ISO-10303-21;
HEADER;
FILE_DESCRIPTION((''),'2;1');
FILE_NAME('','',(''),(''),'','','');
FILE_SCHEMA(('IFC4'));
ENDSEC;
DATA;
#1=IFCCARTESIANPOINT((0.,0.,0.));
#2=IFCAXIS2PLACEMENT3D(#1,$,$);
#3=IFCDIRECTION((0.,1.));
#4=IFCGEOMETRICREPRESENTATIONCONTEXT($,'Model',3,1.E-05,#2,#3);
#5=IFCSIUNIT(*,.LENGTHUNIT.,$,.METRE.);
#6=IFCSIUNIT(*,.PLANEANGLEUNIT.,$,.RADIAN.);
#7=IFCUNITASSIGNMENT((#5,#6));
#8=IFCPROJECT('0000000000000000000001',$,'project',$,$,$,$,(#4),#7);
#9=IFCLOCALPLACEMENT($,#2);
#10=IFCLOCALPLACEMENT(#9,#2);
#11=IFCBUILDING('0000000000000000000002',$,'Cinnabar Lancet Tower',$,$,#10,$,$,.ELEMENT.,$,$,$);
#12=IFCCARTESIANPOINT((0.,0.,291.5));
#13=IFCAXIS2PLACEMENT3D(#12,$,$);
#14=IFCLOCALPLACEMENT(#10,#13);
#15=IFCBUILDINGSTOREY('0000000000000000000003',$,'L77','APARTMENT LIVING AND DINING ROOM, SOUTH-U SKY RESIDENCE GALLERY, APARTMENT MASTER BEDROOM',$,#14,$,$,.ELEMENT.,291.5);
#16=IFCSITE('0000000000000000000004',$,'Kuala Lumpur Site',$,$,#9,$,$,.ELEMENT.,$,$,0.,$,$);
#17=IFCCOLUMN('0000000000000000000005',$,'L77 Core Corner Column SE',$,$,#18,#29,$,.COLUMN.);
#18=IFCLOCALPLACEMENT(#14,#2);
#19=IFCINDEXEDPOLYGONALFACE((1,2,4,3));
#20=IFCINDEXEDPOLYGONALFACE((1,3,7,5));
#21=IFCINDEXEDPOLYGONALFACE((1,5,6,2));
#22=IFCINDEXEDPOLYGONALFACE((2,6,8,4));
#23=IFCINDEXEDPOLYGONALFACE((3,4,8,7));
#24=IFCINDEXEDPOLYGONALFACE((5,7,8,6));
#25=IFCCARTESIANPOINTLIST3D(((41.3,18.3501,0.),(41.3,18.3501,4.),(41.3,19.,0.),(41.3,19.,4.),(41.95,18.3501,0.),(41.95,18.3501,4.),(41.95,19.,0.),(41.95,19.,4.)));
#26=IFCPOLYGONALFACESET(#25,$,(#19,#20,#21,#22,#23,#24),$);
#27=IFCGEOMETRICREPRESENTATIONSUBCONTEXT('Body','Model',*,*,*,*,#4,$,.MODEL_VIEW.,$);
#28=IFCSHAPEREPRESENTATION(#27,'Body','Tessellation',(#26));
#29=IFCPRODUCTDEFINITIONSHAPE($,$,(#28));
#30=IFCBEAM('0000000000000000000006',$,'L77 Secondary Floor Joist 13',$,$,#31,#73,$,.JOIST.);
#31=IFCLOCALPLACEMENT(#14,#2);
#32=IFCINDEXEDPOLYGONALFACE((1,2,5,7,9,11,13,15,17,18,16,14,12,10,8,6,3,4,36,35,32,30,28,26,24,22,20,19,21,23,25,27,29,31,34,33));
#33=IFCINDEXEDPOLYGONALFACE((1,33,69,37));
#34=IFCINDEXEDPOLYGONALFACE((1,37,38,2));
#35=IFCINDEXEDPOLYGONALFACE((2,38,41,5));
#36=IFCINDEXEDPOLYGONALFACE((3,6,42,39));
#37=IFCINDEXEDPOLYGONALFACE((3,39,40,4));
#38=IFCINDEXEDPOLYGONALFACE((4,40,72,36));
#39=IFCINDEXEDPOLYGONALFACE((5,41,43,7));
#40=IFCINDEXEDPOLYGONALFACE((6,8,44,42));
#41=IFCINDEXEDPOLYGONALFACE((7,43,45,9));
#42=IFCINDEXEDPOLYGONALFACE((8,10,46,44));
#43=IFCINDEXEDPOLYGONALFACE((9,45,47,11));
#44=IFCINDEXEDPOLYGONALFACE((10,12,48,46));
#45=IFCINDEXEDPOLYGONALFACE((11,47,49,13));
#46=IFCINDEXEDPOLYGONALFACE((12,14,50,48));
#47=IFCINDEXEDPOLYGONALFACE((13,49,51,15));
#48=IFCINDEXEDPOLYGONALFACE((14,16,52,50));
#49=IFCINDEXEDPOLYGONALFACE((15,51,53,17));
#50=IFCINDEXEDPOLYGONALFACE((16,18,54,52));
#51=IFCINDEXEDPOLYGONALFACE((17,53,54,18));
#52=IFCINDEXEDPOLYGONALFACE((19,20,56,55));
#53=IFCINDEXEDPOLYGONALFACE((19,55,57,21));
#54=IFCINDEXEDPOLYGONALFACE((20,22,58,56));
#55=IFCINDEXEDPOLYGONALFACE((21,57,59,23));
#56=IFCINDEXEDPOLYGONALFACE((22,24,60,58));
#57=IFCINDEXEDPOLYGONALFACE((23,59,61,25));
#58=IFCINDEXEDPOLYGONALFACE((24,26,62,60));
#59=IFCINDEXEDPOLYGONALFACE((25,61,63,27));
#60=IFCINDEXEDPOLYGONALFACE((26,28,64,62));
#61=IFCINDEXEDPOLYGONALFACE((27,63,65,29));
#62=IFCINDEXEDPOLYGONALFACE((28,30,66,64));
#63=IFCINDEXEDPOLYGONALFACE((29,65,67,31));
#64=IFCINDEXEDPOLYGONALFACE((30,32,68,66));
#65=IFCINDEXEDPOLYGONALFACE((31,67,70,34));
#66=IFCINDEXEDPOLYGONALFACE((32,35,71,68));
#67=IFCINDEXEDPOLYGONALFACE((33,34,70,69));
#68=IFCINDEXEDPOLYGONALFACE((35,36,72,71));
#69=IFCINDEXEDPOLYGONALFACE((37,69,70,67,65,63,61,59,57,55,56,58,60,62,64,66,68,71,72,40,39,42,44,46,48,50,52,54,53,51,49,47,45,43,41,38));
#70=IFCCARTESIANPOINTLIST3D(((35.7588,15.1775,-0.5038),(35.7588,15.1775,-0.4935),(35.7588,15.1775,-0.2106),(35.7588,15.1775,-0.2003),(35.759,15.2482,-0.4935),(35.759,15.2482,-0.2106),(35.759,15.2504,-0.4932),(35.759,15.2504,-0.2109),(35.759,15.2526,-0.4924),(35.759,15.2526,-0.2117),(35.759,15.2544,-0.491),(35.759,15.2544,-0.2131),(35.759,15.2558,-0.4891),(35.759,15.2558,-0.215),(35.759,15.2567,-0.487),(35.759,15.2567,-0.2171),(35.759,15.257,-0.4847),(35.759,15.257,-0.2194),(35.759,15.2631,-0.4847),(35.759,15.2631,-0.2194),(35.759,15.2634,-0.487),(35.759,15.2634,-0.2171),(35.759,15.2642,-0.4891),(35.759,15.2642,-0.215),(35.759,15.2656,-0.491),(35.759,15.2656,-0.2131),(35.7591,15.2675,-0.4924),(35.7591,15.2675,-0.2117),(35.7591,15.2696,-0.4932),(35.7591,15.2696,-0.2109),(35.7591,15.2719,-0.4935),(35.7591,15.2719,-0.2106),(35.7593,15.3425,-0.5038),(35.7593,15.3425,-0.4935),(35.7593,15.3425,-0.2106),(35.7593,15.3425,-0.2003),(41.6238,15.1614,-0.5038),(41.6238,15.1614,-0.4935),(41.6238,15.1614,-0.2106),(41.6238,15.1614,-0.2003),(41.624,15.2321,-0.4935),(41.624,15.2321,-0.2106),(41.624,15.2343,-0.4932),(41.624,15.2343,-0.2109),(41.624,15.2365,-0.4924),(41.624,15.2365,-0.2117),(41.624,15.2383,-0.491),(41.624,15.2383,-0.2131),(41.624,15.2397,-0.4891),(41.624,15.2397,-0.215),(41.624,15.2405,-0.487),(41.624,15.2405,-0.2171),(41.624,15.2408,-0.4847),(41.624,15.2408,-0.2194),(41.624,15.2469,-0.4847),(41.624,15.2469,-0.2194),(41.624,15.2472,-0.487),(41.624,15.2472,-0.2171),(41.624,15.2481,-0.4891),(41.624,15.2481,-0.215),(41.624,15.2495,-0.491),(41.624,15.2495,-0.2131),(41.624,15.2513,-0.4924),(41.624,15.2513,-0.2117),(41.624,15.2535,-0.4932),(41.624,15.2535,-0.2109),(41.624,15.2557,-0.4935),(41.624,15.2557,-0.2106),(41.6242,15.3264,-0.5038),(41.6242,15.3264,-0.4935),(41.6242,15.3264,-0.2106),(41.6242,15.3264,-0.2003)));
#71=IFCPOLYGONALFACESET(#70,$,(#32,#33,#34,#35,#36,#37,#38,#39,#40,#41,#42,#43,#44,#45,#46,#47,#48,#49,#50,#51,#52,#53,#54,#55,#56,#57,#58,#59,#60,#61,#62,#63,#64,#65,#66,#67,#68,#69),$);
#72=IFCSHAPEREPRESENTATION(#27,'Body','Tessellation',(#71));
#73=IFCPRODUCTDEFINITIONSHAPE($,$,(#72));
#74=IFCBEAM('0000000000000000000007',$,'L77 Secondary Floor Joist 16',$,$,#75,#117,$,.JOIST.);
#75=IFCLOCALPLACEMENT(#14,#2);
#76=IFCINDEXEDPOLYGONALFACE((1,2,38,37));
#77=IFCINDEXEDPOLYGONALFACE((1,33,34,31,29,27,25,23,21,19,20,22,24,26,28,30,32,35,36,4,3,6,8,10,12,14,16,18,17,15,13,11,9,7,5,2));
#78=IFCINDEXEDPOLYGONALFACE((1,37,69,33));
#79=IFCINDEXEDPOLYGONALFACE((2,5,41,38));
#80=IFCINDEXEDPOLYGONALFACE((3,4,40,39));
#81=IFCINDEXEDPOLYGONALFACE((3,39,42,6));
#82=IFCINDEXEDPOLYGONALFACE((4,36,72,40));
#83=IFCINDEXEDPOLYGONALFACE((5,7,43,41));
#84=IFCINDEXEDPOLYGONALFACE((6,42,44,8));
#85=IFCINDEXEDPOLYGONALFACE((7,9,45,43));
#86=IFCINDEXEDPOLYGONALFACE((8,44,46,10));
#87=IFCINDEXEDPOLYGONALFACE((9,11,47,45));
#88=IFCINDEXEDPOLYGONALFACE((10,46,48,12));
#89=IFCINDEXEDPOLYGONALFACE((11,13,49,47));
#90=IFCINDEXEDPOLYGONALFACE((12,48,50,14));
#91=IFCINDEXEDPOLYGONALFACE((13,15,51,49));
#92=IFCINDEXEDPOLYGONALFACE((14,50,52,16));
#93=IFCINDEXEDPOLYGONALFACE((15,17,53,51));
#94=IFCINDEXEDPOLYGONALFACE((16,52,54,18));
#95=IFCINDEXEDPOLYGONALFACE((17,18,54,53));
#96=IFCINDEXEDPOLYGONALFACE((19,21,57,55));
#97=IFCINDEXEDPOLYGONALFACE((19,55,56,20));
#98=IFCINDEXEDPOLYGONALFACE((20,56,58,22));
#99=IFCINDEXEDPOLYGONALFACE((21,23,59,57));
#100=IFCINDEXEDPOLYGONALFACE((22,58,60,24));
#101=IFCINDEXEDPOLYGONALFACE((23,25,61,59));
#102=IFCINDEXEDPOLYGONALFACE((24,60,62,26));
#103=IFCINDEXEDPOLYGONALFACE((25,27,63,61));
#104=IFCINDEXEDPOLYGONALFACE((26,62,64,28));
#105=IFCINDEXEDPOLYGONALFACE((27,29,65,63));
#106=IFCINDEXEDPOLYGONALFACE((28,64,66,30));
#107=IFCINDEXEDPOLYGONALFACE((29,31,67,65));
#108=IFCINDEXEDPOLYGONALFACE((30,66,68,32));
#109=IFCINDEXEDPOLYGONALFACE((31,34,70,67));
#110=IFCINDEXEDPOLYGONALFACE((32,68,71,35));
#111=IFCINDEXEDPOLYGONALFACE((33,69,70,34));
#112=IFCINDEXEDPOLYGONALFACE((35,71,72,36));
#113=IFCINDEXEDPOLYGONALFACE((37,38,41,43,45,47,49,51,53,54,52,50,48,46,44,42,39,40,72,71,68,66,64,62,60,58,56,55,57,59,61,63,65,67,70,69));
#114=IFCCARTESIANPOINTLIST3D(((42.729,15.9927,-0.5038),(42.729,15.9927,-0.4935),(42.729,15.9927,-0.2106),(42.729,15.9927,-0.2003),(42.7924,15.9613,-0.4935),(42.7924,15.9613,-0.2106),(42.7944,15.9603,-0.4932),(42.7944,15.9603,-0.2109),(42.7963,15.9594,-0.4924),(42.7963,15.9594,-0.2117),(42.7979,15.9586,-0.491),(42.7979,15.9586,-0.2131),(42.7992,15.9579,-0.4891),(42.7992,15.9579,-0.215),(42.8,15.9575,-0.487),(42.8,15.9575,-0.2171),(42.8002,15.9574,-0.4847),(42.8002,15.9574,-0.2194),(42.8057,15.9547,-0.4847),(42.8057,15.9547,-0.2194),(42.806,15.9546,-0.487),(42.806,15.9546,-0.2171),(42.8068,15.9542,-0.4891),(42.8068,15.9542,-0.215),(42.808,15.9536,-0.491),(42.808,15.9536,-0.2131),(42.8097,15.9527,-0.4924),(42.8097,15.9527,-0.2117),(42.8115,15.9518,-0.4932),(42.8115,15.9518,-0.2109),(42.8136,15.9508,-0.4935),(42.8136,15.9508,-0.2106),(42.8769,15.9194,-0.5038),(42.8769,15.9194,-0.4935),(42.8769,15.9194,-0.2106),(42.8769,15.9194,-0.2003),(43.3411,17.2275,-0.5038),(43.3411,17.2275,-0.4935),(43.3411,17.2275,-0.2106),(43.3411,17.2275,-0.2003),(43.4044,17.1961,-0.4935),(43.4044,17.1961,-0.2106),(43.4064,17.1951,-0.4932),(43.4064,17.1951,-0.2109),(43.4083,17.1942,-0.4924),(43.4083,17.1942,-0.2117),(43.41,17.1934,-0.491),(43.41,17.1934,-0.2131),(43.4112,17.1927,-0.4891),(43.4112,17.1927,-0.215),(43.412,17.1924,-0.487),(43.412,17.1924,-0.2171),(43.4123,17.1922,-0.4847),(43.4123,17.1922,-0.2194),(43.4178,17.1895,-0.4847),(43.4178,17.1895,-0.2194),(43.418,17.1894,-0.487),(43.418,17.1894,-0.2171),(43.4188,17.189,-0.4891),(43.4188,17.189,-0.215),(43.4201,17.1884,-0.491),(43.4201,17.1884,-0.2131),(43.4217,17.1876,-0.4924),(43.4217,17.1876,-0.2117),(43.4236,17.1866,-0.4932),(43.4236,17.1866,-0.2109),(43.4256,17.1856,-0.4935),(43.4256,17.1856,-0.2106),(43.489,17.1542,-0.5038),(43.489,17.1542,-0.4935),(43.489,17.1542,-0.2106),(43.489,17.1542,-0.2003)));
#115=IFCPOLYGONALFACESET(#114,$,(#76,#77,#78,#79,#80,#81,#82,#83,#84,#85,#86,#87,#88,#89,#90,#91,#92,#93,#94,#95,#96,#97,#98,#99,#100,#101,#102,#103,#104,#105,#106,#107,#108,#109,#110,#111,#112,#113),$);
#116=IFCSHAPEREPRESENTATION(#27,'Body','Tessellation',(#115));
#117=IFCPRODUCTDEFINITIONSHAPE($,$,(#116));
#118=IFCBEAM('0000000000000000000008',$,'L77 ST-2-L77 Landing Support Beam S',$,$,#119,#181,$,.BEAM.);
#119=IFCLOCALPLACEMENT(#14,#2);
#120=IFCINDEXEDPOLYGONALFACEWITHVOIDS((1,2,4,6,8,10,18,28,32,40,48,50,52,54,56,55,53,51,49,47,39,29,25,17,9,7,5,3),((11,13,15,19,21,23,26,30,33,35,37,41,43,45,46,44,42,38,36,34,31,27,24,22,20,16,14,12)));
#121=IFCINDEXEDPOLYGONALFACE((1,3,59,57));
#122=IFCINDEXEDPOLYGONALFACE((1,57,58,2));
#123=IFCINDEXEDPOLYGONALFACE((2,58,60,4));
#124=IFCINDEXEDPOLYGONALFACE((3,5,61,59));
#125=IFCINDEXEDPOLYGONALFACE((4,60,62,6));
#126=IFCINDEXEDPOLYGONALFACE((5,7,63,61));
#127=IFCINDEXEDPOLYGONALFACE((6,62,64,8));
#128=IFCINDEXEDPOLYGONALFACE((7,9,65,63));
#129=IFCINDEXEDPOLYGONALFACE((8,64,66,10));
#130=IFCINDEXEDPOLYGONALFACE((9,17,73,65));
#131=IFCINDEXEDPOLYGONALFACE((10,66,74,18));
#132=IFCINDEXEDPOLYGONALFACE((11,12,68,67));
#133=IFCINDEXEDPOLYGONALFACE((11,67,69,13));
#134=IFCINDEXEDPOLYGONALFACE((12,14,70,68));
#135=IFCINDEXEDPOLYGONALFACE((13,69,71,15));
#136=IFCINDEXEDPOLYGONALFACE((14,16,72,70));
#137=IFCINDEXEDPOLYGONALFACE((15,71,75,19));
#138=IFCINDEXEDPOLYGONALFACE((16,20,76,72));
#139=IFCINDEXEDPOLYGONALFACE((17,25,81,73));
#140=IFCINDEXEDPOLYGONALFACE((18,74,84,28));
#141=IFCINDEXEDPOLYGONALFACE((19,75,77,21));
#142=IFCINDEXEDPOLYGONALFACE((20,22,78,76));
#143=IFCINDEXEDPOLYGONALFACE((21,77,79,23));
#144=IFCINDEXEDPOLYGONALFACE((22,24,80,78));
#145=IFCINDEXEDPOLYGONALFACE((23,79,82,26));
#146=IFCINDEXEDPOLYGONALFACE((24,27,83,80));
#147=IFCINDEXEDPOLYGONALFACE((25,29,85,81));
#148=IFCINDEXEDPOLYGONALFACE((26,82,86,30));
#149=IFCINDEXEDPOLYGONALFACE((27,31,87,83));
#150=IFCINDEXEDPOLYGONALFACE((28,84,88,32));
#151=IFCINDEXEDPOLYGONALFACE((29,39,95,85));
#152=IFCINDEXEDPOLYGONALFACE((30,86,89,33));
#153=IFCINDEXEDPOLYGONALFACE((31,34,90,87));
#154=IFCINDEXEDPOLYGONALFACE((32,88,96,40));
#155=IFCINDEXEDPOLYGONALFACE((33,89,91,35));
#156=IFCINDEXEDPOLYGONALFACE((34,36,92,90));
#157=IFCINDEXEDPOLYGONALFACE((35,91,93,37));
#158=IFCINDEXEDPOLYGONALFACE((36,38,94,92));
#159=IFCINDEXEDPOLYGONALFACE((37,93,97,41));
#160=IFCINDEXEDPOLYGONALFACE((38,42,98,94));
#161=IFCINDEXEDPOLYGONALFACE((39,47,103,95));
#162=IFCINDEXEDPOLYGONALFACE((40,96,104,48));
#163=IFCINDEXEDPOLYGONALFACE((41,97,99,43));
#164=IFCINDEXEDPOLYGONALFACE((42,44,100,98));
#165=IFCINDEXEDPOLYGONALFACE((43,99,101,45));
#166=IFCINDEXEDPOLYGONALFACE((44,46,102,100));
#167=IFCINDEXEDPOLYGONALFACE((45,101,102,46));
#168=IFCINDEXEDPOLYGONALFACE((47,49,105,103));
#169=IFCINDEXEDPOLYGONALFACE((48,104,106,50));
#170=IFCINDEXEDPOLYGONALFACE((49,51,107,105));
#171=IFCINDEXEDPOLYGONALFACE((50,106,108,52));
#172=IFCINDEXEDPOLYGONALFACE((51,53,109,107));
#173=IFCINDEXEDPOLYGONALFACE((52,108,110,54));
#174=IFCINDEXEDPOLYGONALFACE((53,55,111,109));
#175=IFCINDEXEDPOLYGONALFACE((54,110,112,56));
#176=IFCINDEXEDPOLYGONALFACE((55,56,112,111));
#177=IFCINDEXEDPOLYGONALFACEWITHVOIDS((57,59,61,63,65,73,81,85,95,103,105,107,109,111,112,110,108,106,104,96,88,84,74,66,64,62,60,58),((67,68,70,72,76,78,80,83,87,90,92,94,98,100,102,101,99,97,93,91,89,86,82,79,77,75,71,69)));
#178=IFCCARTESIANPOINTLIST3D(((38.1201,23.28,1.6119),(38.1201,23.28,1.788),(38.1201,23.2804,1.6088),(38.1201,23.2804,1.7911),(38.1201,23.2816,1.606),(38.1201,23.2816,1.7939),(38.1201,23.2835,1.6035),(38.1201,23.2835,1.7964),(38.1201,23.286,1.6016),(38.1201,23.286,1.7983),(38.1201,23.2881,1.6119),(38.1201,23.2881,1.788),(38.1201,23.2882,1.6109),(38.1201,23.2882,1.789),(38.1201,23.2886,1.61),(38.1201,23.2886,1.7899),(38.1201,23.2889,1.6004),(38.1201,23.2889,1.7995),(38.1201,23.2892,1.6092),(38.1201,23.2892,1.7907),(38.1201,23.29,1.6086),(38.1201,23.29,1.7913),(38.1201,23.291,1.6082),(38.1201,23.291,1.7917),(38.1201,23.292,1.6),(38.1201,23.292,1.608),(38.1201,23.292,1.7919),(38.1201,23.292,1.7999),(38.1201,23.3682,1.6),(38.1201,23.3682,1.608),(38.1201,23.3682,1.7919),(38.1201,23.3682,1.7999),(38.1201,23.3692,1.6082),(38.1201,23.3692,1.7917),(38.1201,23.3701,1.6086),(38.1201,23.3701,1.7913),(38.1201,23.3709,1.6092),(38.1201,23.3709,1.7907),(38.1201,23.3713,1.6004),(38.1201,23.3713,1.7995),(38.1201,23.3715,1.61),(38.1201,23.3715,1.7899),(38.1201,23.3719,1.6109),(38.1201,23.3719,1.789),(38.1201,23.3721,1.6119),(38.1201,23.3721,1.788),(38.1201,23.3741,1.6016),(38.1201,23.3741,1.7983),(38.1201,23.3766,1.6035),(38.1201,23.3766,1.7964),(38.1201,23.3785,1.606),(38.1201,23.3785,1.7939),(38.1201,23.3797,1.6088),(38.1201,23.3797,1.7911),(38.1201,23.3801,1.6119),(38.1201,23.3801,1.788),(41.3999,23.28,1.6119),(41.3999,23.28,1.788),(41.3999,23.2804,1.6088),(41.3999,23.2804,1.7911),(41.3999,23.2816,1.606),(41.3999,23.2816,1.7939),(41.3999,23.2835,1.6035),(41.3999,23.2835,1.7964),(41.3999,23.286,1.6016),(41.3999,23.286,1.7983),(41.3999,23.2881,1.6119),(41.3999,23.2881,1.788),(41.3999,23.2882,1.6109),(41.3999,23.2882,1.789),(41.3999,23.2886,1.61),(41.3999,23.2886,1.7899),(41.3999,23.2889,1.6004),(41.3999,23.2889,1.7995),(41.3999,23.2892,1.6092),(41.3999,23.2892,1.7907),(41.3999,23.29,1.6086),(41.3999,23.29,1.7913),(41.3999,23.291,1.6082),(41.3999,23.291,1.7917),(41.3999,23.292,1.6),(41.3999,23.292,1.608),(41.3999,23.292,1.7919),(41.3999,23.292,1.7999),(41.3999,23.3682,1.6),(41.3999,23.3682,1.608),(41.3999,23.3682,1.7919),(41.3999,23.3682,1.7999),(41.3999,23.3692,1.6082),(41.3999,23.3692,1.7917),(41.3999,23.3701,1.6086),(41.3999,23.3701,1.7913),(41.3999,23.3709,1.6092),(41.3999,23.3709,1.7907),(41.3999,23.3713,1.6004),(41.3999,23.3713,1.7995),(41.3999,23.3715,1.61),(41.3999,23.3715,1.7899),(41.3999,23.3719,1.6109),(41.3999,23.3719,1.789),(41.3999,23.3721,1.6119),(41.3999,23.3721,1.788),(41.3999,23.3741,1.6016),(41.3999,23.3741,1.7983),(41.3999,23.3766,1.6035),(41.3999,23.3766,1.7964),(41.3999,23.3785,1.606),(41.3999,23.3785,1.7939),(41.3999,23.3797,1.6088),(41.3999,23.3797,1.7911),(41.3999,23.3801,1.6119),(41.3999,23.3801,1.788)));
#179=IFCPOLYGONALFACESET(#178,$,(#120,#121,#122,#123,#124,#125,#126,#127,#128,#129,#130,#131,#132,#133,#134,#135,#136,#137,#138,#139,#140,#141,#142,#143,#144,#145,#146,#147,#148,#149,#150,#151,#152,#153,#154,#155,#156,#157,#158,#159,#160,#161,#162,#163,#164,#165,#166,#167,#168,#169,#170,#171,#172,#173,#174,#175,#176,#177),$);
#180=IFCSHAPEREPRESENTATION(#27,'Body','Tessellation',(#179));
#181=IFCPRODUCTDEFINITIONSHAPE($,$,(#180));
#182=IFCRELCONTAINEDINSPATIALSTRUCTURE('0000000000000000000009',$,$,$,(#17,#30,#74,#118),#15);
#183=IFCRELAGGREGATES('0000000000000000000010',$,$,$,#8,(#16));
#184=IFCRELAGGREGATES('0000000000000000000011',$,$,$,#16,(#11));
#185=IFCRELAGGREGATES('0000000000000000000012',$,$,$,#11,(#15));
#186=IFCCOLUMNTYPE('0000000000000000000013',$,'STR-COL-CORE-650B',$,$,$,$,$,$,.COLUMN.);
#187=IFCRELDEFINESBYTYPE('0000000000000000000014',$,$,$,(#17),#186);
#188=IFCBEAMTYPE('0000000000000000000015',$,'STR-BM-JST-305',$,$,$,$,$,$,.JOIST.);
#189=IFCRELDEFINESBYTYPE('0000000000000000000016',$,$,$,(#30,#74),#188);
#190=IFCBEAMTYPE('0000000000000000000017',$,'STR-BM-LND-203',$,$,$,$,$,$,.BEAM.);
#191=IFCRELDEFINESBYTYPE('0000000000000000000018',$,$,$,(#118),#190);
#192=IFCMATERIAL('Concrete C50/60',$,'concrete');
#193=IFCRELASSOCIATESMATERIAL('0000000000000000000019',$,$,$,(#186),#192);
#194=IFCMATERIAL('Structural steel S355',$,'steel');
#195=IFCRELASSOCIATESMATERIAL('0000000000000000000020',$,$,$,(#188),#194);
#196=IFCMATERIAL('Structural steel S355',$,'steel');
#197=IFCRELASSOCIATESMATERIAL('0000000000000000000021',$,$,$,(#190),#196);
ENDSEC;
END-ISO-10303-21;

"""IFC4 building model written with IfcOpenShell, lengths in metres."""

from ifc_helpers import new_model, si_unit, direction, frame, origin, origin_2d, place, context, subcontext, project, spatial, rectangle, hollow_rectangle, i_section, extrude, material, material_profile, profile_set, type_object, element, save


model = new_model("IFC4")

# Units and contexts
model_context = context("Model", 3, precision=1e-05, world=origin(), true_north=direction((0.0, 1.0)))
body_context = subcontext(model_context, "Body", "Model", "MODEL_VIEW")
ifc_project = project(units=[si_unit("LENGTHUNIT", "METRE"), si_unit("PLANEANGLEUNIT", "RADIAN")], contexts=[model_context])

# Site, building, storey
site_placement = place(None, origin())
site = spatial("IfcSite", under=ifc_project, at=site_placement, Name="Kuala Lumpur Site", CompositionType="ELEMENT", RefElevation=0.0)
building_placement = place(site_placement, origin())
building = spatial("IfcBuilding", under=site, at=building_placement, Name="Cinnabar Lancet Tower", CompositionType="ELEMENT")
storey_placement = place(building_placement, frame((0.0, 0.0, 291.5)))
storey = spatial("IfcBuildingStorey", under=building, at=storey_placement, Name="L77", Description="APARTMENT LIVING AND DINING ROOM, SOUTH-U SKY RESIDENCE GALLERY, APARTMENT MASTER BEDROOM", CompositionType="ELEMENT", Elevation=291.5)

# Column
ifc_material_1 = material(Name="Concrete C50/60", Category="concrete")
ifc_material_profile_1 = material_profile(ifc_material_1, rectangle(XDim=0.6499, YDim=0.6499, at=origin_2d()), Name="RC-COL 650x650")
ifc_profile_set_1 = profile_set([ifc_material_profile_1], Name="Concrete C50/60")
column_type = type_object("IfcColumnType", Name="STR-COL-CORE-650B", PredefinedType="COLUMN", material=ifc_profile_set_1)
column_placement = place(storey_placement, frame((41.625, 18.675, 0.0), z_axis=(0.0, 0.0, 1.0), x_axis=(1.0, 0.0, 0.0)))
element("IfcColumn", 1, at=column_placement, inside=storey, type_object=column_type, Name="L77 Core Corner Column SE", PredefinedType="COLUMN", context=body_context, shape_type="SweptSolid", body=[
    extrude(rectangle(XDim=0.6499, YDim=0.6499, at=origin_2d()), origin(), (0.0, 0.0, 1.0), 4.0),
])

# Beams
ifc_material_2 = material(Name="Structural steel S355", Category="steel")
ifc_material_profile_2 = material_profile(ifc_material_2, i_section(OverallWidth=0.165, OverallDepth=0.3035, WebThickness=0.0061, FlangeThickness=0.0103, FilletRadius=0.0088, at=origin_2d()), Name="UKB 305x165x40")
ifc_profile_set_2 = profile_set([ifc_material_profile_2], Name="Structural steel S355")
beam_type_1 = type_object("IfcBeamType", Name="STR-BM-JST-305", PredefinedType="JOIST", material=ifc_profile_set_2)
beam_1_placement = place(storey_placement, frame((35.759, 15.26, -0.3521), z_axis=(0.999996, -0.002747, 0.0), x_axis=(0.002747, 0.999996, 0.0)))
element("IfcBeam", 2, at=beam_1_placement, inside=storey, type_object=beam_type_1, Name="L77 Secondary Floor Joist 13", PredefinedType="JOIST", context=body_context, shape_type="SweptSolid", body=[
    extrude(i_section(OverallWidth=0.165, OverallDepth=0.3035, WebThickness=0.0061, FlangeThickness=0.0103, FilletRadius=0.0088, at=origin_2d()), origin(), (0.0, 0.0, 1.0), 5.865),
])
beam_2_placement = place(storey_placement, frame((42.803, 15.9561, -0.3521), z_axis=(0.444093, 0.895981, 0.0), x_axis=(-0.895981, 0.444093, 0.0)))
element("IfcBeam", 3, at=beam_2_placement, inside=storey, type_object=beam_type_1, Name="L77 Secondary Floor Joist 16", PredefinedType="JOIST", context=body_context, shape_type="SweptSolid", body=[
    extrude(i_section(OverallWidth=0.165, OverallDepth=0.3035, WebThickness=0.0061, FlangeThickness=0.0103, FilletRadius=0.0088, at=origin_2d()), origin(), (0.0, 0.0, 1.0), 1.3782),
])
ifc_material_3 = material(Name="Structural steel S355", Category="steel")
ifc_material_profile_3 = material_profile(ifc_material_3, hollow_rectangle(XDim=0.1001, YDim=0.2, WallThickness=0.0081, InnerFilletRadius=0.0039, OuterFilletRadius=0.012, at=origin_2d()), Name="RHS 200x100x8")
ifc_profile_set_3 = profile_set([ifc_material_profile_3], Name="Structural steel S355")
beam_type_2 = type_object("IfcBeamType", Name="STR-BM-LND-203", PredefinedType="BEAM", material=ifc_profile_set_3)
for number, where, z_axis, x_axis, name in (
    (4, (38.1201, 23.3301, 1.7), (1.0, 0.0, 0.0), (0.0, 1.0, 0.0), "L77 ST-2-L77 Landing Support Beam S"),
):
    element("IfcBeam", number, at=place(storey_placement, frame(where, z_axis=z_axis, x_axis=x_axis)), inside=storey, type_object=beam_type_2, Name=name, PredefinedType="BEAM", context=body_context, shape_type="SweptSolid", body=[
        extrude(hollow_rectangle(XDim=0.1001, YDim=0.2, WallThickness=0.0081, InnerFilletRadius=0.0039, OuterFilletRadius=0.012, at=origin_2d()), origin(), (0.0, 0.0, 1.0), 3.2798),
    ])

save(model, "model.ifc")
